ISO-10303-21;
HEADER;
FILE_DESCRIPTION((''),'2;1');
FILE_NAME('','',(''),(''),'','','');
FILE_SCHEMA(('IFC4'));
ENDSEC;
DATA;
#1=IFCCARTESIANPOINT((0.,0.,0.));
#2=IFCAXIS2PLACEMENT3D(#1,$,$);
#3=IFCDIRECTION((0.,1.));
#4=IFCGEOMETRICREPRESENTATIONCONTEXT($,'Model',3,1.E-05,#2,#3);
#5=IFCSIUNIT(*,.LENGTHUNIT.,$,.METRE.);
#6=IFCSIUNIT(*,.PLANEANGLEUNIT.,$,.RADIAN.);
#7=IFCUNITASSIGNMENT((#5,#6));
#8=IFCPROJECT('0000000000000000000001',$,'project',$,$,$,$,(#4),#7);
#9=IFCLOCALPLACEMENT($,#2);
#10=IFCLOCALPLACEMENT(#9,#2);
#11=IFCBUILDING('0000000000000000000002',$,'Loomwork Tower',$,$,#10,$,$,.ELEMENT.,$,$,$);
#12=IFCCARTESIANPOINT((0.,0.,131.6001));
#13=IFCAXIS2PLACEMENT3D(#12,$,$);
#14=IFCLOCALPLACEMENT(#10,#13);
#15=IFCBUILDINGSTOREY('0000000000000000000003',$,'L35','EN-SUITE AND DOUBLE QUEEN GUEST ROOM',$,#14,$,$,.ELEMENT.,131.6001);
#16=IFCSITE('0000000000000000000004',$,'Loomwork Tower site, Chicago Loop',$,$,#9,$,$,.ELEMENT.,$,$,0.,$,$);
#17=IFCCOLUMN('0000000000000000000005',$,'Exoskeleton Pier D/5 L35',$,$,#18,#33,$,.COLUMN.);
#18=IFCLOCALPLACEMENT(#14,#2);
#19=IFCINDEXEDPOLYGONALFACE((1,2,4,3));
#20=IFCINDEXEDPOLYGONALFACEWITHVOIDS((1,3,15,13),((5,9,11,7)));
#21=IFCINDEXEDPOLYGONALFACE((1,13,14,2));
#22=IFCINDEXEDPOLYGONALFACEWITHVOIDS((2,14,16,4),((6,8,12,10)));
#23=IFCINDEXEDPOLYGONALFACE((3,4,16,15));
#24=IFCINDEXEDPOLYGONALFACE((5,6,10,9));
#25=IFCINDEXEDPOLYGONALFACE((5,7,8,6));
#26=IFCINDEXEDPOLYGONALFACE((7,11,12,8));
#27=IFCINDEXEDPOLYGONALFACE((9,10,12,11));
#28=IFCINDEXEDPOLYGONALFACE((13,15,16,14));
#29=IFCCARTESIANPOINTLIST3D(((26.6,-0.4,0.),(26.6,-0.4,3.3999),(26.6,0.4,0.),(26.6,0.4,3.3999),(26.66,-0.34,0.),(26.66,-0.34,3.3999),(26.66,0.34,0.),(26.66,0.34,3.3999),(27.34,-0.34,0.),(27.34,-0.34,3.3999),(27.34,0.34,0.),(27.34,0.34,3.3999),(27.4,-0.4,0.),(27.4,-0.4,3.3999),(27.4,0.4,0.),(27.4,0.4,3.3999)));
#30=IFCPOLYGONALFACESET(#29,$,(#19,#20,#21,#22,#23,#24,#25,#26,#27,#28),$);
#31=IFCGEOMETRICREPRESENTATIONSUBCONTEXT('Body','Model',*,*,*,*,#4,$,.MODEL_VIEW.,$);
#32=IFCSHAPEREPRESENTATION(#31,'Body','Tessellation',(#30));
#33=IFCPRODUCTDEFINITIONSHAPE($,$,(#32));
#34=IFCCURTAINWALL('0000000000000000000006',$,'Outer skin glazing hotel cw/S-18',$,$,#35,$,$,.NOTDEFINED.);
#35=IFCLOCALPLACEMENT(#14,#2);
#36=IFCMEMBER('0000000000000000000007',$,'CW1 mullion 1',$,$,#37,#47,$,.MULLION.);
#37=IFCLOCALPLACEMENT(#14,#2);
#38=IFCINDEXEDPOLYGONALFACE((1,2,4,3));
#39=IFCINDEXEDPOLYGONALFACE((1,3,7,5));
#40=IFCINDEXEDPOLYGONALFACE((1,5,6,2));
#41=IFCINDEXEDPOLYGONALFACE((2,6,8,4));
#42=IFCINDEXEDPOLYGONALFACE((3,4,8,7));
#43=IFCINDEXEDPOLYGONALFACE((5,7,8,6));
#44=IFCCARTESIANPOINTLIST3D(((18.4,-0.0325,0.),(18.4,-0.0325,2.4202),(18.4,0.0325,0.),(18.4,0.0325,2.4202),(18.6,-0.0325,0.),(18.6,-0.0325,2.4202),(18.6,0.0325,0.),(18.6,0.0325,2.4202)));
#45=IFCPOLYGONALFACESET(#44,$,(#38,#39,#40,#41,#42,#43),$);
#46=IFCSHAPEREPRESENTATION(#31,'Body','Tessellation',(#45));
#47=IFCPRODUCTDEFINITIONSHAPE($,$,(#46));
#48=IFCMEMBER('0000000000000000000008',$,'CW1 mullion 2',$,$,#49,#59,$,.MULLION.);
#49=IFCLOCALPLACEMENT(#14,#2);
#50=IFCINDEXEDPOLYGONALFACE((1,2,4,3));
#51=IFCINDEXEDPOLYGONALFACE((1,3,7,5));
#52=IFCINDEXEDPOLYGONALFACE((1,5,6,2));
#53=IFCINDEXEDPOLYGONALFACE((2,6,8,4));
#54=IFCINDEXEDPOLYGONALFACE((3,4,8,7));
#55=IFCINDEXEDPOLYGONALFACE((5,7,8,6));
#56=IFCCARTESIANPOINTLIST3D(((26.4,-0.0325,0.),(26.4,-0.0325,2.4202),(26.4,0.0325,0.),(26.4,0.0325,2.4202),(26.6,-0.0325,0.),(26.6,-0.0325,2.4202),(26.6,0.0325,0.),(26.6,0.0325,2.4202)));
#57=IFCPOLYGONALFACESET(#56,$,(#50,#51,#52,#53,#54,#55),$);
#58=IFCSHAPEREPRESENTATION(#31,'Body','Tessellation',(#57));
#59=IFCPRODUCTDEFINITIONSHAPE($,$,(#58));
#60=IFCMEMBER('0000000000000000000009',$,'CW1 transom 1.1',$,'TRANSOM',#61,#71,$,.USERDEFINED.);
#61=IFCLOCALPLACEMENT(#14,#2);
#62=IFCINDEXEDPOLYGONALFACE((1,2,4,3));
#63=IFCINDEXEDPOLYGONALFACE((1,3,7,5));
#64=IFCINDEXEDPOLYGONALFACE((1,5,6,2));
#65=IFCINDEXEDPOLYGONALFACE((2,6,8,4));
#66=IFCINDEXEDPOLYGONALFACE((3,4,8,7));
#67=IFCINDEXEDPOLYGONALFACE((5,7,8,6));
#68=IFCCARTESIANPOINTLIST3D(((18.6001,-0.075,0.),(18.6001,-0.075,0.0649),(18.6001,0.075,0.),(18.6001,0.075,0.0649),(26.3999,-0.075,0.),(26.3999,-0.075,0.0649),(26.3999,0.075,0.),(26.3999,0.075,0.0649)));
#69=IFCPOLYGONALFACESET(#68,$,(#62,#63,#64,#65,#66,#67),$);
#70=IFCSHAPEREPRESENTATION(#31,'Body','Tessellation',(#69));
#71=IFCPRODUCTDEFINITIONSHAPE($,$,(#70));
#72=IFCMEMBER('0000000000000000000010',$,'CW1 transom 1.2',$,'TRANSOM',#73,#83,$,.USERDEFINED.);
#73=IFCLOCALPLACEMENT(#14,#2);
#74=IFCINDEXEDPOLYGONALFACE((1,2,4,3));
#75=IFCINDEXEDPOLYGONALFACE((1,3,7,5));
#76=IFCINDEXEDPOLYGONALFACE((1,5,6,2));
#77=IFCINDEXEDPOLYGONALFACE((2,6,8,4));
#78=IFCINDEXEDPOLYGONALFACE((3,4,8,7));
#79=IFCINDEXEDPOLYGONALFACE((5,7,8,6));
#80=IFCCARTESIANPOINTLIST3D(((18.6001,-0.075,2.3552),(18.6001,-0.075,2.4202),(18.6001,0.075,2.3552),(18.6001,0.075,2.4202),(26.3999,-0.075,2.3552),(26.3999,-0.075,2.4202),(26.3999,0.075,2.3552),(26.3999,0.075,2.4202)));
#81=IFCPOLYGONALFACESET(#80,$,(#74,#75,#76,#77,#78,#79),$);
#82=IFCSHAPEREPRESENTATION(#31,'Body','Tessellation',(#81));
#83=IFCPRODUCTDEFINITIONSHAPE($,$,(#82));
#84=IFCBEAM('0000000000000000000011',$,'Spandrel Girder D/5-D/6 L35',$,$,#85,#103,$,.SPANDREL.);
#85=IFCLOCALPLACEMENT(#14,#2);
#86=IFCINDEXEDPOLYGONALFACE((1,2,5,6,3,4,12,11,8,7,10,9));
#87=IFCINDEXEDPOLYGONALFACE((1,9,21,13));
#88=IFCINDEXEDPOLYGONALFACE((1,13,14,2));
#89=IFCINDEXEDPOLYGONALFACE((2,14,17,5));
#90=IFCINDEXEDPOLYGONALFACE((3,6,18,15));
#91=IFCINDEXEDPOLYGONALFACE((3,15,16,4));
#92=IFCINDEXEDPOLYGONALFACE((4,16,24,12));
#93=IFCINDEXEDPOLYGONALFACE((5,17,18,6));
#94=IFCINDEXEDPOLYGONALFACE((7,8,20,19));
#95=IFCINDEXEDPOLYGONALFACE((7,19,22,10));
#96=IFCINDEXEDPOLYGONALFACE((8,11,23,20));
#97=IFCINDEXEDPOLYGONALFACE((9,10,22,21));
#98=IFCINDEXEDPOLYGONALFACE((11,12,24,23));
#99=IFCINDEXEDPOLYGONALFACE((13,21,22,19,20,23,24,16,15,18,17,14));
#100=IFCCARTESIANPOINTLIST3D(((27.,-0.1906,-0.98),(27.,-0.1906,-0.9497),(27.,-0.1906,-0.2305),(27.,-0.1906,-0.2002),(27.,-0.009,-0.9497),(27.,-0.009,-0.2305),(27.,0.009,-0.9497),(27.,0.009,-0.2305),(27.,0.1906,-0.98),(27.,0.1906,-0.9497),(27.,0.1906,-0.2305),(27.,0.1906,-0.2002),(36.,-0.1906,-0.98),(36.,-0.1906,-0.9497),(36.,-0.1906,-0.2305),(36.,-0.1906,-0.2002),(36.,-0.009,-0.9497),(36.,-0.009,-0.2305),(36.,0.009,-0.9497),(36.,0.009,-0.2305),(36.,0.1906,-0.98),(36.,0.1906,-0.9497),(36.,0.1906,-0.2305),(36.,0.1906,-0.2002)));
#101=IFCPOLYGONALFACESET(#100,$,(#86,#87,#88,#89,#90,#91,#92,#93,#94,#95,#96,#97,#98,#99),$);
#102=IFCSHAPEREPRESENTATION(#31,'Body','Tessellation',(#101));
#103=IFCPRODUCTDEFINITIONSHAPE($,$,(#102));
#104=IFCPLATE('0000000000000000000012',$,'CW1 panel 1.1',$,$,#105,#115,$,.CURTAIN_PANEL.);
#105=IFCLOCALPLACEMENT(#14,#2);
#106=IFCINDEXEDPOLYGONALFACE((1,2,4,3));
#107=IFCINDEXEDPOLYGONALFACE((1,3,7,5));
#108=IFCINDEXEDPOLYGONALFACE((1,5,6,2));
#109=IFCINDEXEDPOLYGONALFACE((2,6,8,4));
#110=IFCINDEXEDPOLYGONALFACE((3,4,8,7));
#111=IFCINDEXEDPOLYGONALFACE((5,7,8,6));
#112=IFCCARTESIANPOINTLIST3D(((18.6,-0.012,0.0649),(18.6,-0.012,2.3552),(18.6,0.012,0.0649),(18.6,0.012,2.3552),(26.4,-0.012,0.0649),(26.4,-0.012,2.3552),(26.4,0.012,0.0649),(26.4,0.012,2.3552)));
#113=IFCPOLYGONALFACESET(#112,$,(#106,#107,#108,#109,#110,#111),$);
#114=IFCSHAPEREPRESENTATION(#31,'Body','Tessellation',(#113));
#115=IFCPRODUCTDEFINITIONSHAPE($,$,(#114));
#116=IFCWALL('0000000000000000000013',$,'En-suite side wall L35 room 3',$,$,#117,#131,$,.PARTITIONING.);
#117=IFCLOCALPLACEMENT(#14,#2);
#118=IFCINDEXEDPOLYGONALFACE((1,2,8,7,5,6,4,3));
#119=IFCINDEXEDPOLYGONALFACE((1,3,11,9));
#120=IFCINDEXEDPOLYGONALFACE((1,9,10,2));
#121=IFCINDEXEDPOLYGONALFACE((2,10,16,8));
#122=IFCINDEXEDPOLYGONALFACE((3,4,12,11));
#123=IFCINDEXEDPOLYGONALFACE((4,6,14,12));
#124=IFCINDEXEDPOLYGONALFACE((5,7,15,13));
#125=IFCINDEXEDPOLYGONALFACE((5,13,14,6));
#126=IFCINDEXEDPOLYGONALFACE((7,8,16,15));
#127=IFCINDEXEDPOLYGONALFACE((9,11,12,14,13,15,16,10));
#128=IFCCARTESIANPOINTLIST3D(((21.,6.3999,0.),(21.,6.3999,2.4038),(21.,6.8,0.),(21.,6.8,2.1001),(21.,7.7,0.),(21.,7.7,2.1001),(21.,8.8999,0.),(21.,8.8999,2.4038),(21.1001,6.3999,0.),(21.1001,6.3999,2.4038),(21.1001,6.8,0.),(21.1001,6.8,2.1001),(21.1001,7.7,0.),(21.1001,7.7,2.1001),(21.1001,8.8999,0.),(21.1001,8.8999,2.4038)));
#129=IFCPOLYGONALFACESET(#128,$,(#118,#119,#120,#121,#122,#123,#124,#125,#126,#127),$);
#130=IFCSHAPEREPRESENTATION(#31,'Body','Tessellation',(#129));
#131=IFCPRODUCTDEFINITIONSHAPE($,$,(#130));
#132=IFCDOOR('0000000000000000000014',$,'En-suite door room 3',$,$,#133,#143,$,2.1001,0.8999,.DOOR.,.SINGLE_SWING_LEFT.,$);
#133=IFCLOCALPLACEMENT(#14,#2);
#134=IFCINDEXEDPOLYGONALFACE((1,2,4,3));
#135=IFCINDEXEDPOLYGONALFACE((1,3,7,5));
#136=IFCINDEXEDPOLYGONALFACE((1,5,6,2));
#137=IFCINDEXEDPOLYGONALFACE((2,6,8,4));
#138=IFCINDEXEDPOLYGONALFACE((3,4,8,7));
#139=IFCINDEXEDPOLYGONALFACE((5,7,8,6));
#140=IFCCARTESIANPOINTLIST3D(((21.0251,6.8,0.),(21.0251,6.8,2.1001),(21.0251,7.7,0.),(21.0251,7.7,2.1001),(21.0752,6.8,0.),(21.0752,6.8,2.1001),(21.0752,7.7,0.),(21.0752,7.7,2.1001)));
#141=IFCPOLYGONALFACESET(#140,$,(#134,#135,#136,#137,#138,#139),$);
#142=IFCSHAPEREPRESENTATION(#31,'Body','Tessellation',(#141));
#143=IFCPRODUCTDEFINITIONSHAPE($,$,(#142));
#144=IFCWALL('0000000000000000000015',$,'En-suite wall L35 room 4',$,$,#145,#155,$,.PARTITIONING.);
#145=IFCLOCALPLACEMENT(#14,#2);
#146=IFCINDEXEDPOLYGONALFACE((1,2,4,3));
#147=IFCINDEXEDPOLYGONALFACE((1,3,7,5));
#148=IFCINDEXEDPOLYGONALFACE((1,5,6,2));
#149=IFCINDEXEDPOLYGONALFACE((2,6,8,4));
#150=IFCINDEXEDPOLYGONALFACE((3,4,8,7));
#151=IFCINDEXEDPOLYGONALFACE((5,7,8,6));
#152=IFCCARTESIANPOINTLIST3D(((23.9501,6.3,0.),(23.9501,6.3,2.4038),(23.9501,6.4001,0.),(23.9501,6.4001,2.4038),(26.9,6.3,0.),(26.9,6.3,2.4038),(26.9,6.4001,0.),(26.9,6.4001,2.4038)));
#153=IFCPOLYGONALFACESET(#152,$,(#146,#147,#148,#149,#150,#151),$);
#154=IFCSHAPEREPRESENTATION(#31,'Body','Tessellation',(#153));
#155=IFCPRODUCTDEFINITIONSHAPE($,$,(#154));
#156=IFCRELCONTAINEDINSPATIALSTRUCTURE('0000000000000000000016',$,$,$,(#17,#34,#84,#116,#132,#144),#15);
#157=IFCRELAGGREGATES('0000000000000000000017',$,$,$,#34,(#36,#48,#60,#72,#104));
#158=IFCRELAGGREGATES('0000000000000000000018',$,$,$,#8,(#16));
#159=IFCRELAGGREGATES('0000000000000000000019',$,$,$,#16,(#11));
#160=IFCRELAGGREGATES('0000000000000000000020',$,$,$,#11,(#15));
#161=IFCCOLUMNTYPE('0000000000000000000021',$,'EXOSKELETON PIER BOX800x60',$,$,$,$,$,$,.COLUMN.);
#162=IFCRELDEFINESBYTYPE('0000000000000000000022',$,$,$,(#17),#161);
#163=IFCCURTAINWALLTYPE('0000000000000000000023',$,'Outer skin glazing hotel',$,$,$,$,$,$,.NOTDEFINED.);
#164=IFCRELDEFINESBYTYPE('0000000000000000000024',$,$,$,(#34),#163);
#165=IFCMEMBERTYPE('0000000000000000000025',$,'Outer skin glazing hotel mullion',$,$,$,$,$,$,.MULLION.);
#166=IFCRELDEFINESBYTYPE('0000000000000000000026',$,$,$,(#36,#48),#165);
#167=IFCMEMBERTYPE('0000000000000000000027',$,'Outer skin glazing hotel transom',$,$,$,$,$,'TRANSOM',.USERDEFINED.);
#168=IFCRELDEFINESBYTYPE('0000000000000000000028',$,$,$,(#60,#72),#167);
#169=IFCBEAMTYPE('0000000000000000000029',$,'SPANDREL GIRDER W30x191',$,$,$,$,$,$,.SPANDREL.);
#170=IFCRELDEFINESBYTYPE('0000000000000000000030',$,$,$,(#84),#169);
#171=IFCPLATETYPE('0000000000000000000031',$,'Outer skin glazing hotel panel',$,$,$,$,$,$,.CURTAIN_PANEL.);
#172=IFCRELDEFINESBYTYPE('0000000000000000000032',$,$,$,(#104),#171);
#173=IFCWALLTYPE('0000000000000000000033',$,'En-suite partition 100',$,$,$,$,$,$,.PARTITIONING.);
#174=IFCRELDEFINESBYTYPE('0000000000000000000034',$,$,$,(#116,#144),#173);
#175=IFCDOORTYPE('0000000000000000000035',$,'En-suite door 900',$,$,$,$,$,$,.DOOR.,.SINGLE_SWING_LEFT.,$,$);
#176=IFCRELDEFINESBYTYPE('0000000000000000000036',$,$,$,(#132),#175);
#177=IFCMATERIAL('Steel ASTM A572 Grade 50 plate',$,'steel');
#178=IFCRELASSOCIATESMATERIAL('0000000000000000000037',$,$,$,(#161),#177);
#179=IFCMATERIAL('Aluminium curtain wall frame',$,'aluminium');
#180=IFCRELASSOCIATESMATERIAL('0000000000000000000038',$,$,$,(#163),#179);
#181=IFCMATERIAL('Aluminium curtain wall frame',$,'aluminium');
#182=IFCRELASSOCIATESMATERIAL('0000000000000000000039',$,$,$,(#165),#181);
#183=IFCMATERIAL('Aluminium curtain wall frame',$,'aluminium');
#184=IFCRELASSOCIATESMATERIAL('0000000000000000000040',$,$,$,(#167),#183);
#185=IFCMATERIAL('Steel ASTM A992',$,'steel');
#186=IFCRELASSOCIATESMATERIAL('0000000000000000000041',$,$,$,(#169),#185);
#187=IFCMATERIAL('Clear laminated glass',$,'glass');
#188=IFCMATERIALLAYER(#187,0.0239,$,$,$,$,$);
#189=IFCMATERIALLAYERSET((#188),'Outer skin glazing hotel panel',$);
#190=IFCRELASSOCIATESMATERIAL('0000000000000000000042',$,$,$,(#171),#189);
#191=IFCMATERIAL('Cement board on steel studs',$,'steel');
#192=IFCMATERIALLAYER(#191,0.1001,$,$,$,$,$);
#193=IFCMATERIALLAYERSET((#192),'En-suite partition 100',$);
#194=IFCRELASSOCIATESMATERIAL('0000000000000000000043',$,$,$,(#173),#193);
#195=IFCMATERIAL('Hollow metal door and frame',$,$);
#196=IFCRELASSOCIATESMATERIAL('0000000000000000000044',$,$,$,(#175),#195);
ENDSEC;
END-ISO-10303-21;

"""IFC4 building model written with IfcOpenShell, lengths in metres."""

from ifc_helpers import new_model, si_unit, direction, frame, frame_2d, origin, origin_2d, place, context, subcontext, project, spatial, rectangle, hollow_rectangle, i_section, extrude, material, layer, layer_set, material_profile, profile_set, type_object, element, fill, aggregate, save


model = new_model("IFC4")

# Units and contexts
model_context = context("Model", 3, precision=1e-05, world=origin(), true_north=direction((0.0, 1.0)))
body_context = subcontext(model_context, "Body", "Model", "MODEL_VIEW")
ifc_project = project(units=[si_unit("LENGTHUNIT", "METRE"), si_unit("PLANEANGLEUNIT", "RADIAN")], contexts=[model_context])

# Site, building, storey
site_placement = place(None, origin())
site = spatial("IfcSite", under=ifc_project, at=site_placement, Name="Loomwork Tower site, Chicago Loop", CompositionType="ELEMENT", RefElevation=0.0)
building_placement = place(site_placement, origin())
building = spatial("IfcBuilding", under=site, at=building_placement, Name="Loomwork Tower", CompositionType="ELEMENT")
storey_placement = place(building_placement, frame((0.0, 0.0, 131.6001)))
storey = spatial("IfcBuildingStorey", under=building, at=storey_placement, Name="L35", Description="EN-SUITE AND DOUBLE QUEEN GUEST ROOM", CompositionType="ELEMENT", Elevation=131.6001)

# Column
ifc_material_1 = material(Name="Steel ASTM A572 Grade 50 plate", Category="steel")
ifc_material_profile_1 = material_profile(ifc_material_1, hollow_rectangle(XDim=0.8, YDim=0.8, WallThickness=0.0601, at=origin_2d()), Name="BOX800x60")
ifc_profile_set_1 = profile_set([ifc_material_profile_1], Name="Steel ASTM A572 Grade 50 plate")
column_type = type_object("IfcColumnType", Name="EXOSKELETON PIER BOX800x60", PredefinedType="COLUMN", material=ifc_profile_set_1)
column_placement = place(storey_placement, frame((27.0, 0.0, 0.0), z_axis=(0.0, 0.0, 1.0), x_axis=(1.0, 0.0, 0.0)))
element("IfcColumn", 1, at=column_placement, inside=storey, type_object=column_type, Name="Exoskeleton Pier D/5 L35", PredefinedType="COLUMN", context=body_context, shape_type="SweptSolid", body=[
    extrude(hollow_rectangle(XDim=0.8, YDim=0.8, WallThickness=0.0601, at=origin_2d()), origin(), (0.0, 0.0, 1.0), 3.3999),
])

# Curtain wall, members
ifc_material_2 = material(Name="Aluminium curtain wall frame", Category="aluminium")
curtain_wall_type = type_object("IfcCurtainWallType", Name="Outer skin glazing hotel", PredefinedType="NOTDEFINED", material=ifc_material_2)
curtain_wall_placement = place(storey_placement, origin())
curtain_wall = element("IfcCurtainWall", 2, at=curtain_wall_placement, inside=storey, type_object=curtain_wall_type, Name="Outer skin glazing hotel cw/S-18", PredefinedType="NOTDEFINED")
ifc_material_3 = material(Name="Aluminium curtain wall frame", Category="aluminium")
ifc_material_profile_2 = material_profile(ifc_material_3, rectangle(XDim=0.0649, YDim=0.2, at=origin_2d()), Name="AL 65x200")
ifc_profile_set_2 = profile_set([ifc_material_profile_2], Name="Aluminium curtain wall frame")
member_type_1 = type_object("IfcMemberType", Name="Outer skin glazing hotel mullion", PredefinedType="MULLION", material=ifc_profile_set_2)
member_1_placement = place(storey_placement, frame((18.5, 0.0, 0.0), z_axis=(0.0, 0.0, 1.0), x_axis=(0.0, 1.0, 0.0)))
member_1 = element("IfcMember", 3, at=member_1_placement, type_object=member_type_1, Name="CW1 mullion 1", PredefinedType="MULLION", context=body_context, shape_type="SweptSolid", body=[
    extrude(rectangle(XDim=0.0649, YDim=0.2, at=origin_2d()), origin(), (0.0, 0.0, 1.0), 2.4202),
])
member_2_placement = place(storey_placement, frame((26.5, 0.0, 0.0), z_axis=(0.0, 0.0, 1.0), x_axis=(0.0, 1.0, 0.0)))
member_2 = element("IfcMember", 4, at=member_2_placement, type_object=member_type_1, Name="CW1 mullion 2", PredefinedType="MULLION", context=body_context, shape_type="SweptSolid", body=[
    extrude(rectangle(XDim=0.0649, YDim=0.2, at=origin_2d()), origin(), (0.0, 0.0, 1.0), 2.4202),
])
ifc_material_4 = material(Name="Aluminium curtain wall frame", Category="aluminium")
ifc_material_profile_3 = material_profile(ifc_material_4, rectangle(XDim=0.1499, YDim=0.0649, at=origin_2d()), Name="AL 65x150")
ifc_profile_set_3 = profile_set([ifc_material_profile_3], Name="Aluminium curtain wall frame")
member_type_2 = type_object("IfcMemberType", Name="Outer skin glazing hotel transom", ElementType="TRANSOM", PredefinedType="USERDEFINED", material=ifc_profile_set_3)
member_3_placement = place(storey_placement, frame((18.6001, 0.0, 0.0325), z_axis=(1.0, 0.0, 0.0), x_axis=(0.0, 1.0, 0.0)))
member_3 = element("IfcMember", 5, at=member_3_placement, type_object=member_type_2, Name="CW1 transom 1.1", ObjectType="TRANSOM", PredefinedType="USERDEFINED", context=body_context, shape_type="SweptSolid", body=[
    extrude(rectangle(XDim=0.1499, YDim=0.0649, at=origin_2d()), origin(), (0.0, 0.0, 1.0), 7.7998),
])
member_4_placement = place(storey_placement, frame((18.6001, 0.0, 2.3877), z_axis=(1.0, 0.0, 0.0), x_axis=(0.0, 1.0, 0.0)))
member_4 = element("IfcMember", 6, at=member_4_placement, type_object=member_type_2, Name="CW1 transom 1.2", ObjectType="TRANSOM", PredefinedType="USERDEFINED", context=body_context, shape_type="SweptSolid", body=[
    extrude(rectangle(XDim=0.1499, YDim=0.0649, at=origin_2d()), origin(), (0.0, 0.0, 1.0), 7.7998),
])

# Beam
ifc_material_5 = material(Name="Steel ASTM A992", Category="steel")
ifc_material_profile_4 = material_profile(ifc_material_5, i_section(OverallWidth=0.3811, OverallDepth=0.7798, WebThickness=0.0181, FlangeThickness=0.0303, at=origin_2d()), Name="W30x191")
ifc_profile_set_4 = profile_set([ifc_material_profile_4], Name="Steel ASTM A992")
beam_type = type_object("IfcBeamType", Name="SPANDREL GIRDER W30x191", PredefinedType="SPANDREL", material=ifc_profile_set_4)
beam_placement = place(storey_placement, frame((27.0, 0.0, -0.5901), z_axis=(1.0, 0.0, 0.0), x_axis=(0.0, 1.0, 0.0)))
element("IfcBeam", 7, at=beam_placement, inside=storey, type_object=beam_type, Name="Spandrel Girder D/5-D/6 L35", PredefinedType="SPANDREL", context=body_context, shape_type="SweptSolid", body=[
    extrude(i_section(OverallWidth=0.3811, OverallDepth=0.7798, WebThickness=0.0181, FlangeThickness=0.0303, at=origin_2d()), origin(), (0.0, 0.0, 1.0), 9.0),
])

# Plate
ifc_material_6 = material(Name="Clear laminated glass", Category="glass")
ifc_layer_1 = layer(ifc_material_6, 0.0239)
ifc_layer_set_1 = layer_set([ifc_layer_1], Name="Outer skin glazing hotel panel")
plate_type = type_object("IfcPlateType", Name="Outer skin glazing hotel panel", PredefinedType="CURTAIN_PANEL", material=ifc_layer_set_1)
plate_placement = place(storey_placement, frame((22.5, 0.0, 0.0649), z_axis=(0.0, 0.0, 1.0), x_axis=(1.0, 0.0, 0.0)))
plate = element("IfcPlate", 8, at=plate_placement, type_object=plate_type, Name="CW1 panel 1.1", PredefinedType="CURTAIN_PANEL", context=body_context, shape_type="SweptSolid", body=[
    extrude(rectangle(XDim=7.8, YDim=0.0239, at=origin_2d()), origin(), (0.0, 0.0, 1.0), 2.2903),
])
aggregate(curtain_wall, [member_1, member_2, member_3, member_4, plate])

# Wall, opening, door
ifc_material_7 = material(Name="Cement board on steel studs", Category="steel")
ifc_layer_2 = layer(ifc_material_7, 0.1001)
ifc_layer_set_2 = layer_set([ifc_layer_2], Name="En-suite partition 100")
wall_type_1 = type_object("IfcWallType", Name="En-suite partition 100", PredefinedType="PARTITIONING", material=ifc_layer_set_2)
wall_1_placement = place(storey_placement, frame((21.05, 8.8999, 0.0), z_axis=(0.0, 0.0, 1.0), x_axis=(0.0, -1.0, 0.0)))
wall_1 = element("IfcWall", 9, at=wall_1_placement, inside=storey, type_object=wall_type_1, Name="En-suite side wall L35 room 3", PredefinedType="PARTITIONING", context=body_context, shape_type="SweptSolid", body=[
    extrude(rectangle(XDim=2.5, YDim=0.1001, at=frame_2d((1.25, 0.0))), origin(), (0.0, 0.0, 1.0), 2.4038),
])
opening_1_placement = place(wall_1_placement, frame((1.2, 0.0, 0.0)))
opening_1 = element("IfcOpeningElement", 10, at=opening_1_placement, cuts=wall_1, PredefinedType="OPENING", context=body_context, shape_type="SweptSolid", body=[
    extrude(rectangle(XDim=0.8999, YDim=2.1001, at=frame_2d((0.45, 1.05))), frame((0.0, 0.0601, 0.0), z_axis=(0.0, -1.0, 0.0), x_axis=(1.0, 0.0, 0.0)), (0.0, 0.0, 1.0), 0.1201),
])
ifc_material_8 = material(Name="Hollow metal door and frame")
door_type = type_object("IfcDoorType", Name="En-suite door 900", OperationType="SINGLE_SWING_LEFT", PredefinedType="DOOR", material=ifc_material_8)
door_1_placement = place(opening_1_placement, frame((0.8999, 0.0, 0.0), z_axis=(0.0, 0.0, 1.0), x_axis=(-1.0, 0.0, 0.0)))
door_1 = element("IfcDoor", 11, at=door_1_placement, inside=storey, type_object=door_type, Name="En-suite door room 3", OperationType="SINGLE_SWING_LEFT", OverallHeight=2.1001, OverallWidth=0.8999, PredefinedType="DOOR", context=body_context, shape_type="SweptSolid", body=[
    extrude(rectangle(XDim=0.8999, YDim=2.1001, at=frame_2d((0.45, 1.05))), frame((0.0, 0.0249, 0.0), z_axis=(0.0, -1.0, 0.0), x_axis=(1.0, 0.0, 0.0)), (0.0, 0.0, 1.0), 0.05),
])
fill(opening_1, door_1)

# Wall
wall_2_placement = place(storey_placement, frame((23.95, 6.3501, 0.0), z_axis=(0.0, 0.0, 1.0), x_axis=(1.0, 0.0, 0.0)))
element("IfcWall", 12, at=wall_2_placement, inside=storey, type_object=wall_type_1, Name="En-suite wall L35 room 4", PredefinedType="PARTITIONING", context=body_context, shape_type="SweptSolid", body=[
    extrude(rectangle(XDim=2.95, YDim=0.1001, at=frame_2d((1.4751, 0.0))), origin(), (0.0, 0.0, 1.0), 2.4038),
])

save(model, "model.ifc")
